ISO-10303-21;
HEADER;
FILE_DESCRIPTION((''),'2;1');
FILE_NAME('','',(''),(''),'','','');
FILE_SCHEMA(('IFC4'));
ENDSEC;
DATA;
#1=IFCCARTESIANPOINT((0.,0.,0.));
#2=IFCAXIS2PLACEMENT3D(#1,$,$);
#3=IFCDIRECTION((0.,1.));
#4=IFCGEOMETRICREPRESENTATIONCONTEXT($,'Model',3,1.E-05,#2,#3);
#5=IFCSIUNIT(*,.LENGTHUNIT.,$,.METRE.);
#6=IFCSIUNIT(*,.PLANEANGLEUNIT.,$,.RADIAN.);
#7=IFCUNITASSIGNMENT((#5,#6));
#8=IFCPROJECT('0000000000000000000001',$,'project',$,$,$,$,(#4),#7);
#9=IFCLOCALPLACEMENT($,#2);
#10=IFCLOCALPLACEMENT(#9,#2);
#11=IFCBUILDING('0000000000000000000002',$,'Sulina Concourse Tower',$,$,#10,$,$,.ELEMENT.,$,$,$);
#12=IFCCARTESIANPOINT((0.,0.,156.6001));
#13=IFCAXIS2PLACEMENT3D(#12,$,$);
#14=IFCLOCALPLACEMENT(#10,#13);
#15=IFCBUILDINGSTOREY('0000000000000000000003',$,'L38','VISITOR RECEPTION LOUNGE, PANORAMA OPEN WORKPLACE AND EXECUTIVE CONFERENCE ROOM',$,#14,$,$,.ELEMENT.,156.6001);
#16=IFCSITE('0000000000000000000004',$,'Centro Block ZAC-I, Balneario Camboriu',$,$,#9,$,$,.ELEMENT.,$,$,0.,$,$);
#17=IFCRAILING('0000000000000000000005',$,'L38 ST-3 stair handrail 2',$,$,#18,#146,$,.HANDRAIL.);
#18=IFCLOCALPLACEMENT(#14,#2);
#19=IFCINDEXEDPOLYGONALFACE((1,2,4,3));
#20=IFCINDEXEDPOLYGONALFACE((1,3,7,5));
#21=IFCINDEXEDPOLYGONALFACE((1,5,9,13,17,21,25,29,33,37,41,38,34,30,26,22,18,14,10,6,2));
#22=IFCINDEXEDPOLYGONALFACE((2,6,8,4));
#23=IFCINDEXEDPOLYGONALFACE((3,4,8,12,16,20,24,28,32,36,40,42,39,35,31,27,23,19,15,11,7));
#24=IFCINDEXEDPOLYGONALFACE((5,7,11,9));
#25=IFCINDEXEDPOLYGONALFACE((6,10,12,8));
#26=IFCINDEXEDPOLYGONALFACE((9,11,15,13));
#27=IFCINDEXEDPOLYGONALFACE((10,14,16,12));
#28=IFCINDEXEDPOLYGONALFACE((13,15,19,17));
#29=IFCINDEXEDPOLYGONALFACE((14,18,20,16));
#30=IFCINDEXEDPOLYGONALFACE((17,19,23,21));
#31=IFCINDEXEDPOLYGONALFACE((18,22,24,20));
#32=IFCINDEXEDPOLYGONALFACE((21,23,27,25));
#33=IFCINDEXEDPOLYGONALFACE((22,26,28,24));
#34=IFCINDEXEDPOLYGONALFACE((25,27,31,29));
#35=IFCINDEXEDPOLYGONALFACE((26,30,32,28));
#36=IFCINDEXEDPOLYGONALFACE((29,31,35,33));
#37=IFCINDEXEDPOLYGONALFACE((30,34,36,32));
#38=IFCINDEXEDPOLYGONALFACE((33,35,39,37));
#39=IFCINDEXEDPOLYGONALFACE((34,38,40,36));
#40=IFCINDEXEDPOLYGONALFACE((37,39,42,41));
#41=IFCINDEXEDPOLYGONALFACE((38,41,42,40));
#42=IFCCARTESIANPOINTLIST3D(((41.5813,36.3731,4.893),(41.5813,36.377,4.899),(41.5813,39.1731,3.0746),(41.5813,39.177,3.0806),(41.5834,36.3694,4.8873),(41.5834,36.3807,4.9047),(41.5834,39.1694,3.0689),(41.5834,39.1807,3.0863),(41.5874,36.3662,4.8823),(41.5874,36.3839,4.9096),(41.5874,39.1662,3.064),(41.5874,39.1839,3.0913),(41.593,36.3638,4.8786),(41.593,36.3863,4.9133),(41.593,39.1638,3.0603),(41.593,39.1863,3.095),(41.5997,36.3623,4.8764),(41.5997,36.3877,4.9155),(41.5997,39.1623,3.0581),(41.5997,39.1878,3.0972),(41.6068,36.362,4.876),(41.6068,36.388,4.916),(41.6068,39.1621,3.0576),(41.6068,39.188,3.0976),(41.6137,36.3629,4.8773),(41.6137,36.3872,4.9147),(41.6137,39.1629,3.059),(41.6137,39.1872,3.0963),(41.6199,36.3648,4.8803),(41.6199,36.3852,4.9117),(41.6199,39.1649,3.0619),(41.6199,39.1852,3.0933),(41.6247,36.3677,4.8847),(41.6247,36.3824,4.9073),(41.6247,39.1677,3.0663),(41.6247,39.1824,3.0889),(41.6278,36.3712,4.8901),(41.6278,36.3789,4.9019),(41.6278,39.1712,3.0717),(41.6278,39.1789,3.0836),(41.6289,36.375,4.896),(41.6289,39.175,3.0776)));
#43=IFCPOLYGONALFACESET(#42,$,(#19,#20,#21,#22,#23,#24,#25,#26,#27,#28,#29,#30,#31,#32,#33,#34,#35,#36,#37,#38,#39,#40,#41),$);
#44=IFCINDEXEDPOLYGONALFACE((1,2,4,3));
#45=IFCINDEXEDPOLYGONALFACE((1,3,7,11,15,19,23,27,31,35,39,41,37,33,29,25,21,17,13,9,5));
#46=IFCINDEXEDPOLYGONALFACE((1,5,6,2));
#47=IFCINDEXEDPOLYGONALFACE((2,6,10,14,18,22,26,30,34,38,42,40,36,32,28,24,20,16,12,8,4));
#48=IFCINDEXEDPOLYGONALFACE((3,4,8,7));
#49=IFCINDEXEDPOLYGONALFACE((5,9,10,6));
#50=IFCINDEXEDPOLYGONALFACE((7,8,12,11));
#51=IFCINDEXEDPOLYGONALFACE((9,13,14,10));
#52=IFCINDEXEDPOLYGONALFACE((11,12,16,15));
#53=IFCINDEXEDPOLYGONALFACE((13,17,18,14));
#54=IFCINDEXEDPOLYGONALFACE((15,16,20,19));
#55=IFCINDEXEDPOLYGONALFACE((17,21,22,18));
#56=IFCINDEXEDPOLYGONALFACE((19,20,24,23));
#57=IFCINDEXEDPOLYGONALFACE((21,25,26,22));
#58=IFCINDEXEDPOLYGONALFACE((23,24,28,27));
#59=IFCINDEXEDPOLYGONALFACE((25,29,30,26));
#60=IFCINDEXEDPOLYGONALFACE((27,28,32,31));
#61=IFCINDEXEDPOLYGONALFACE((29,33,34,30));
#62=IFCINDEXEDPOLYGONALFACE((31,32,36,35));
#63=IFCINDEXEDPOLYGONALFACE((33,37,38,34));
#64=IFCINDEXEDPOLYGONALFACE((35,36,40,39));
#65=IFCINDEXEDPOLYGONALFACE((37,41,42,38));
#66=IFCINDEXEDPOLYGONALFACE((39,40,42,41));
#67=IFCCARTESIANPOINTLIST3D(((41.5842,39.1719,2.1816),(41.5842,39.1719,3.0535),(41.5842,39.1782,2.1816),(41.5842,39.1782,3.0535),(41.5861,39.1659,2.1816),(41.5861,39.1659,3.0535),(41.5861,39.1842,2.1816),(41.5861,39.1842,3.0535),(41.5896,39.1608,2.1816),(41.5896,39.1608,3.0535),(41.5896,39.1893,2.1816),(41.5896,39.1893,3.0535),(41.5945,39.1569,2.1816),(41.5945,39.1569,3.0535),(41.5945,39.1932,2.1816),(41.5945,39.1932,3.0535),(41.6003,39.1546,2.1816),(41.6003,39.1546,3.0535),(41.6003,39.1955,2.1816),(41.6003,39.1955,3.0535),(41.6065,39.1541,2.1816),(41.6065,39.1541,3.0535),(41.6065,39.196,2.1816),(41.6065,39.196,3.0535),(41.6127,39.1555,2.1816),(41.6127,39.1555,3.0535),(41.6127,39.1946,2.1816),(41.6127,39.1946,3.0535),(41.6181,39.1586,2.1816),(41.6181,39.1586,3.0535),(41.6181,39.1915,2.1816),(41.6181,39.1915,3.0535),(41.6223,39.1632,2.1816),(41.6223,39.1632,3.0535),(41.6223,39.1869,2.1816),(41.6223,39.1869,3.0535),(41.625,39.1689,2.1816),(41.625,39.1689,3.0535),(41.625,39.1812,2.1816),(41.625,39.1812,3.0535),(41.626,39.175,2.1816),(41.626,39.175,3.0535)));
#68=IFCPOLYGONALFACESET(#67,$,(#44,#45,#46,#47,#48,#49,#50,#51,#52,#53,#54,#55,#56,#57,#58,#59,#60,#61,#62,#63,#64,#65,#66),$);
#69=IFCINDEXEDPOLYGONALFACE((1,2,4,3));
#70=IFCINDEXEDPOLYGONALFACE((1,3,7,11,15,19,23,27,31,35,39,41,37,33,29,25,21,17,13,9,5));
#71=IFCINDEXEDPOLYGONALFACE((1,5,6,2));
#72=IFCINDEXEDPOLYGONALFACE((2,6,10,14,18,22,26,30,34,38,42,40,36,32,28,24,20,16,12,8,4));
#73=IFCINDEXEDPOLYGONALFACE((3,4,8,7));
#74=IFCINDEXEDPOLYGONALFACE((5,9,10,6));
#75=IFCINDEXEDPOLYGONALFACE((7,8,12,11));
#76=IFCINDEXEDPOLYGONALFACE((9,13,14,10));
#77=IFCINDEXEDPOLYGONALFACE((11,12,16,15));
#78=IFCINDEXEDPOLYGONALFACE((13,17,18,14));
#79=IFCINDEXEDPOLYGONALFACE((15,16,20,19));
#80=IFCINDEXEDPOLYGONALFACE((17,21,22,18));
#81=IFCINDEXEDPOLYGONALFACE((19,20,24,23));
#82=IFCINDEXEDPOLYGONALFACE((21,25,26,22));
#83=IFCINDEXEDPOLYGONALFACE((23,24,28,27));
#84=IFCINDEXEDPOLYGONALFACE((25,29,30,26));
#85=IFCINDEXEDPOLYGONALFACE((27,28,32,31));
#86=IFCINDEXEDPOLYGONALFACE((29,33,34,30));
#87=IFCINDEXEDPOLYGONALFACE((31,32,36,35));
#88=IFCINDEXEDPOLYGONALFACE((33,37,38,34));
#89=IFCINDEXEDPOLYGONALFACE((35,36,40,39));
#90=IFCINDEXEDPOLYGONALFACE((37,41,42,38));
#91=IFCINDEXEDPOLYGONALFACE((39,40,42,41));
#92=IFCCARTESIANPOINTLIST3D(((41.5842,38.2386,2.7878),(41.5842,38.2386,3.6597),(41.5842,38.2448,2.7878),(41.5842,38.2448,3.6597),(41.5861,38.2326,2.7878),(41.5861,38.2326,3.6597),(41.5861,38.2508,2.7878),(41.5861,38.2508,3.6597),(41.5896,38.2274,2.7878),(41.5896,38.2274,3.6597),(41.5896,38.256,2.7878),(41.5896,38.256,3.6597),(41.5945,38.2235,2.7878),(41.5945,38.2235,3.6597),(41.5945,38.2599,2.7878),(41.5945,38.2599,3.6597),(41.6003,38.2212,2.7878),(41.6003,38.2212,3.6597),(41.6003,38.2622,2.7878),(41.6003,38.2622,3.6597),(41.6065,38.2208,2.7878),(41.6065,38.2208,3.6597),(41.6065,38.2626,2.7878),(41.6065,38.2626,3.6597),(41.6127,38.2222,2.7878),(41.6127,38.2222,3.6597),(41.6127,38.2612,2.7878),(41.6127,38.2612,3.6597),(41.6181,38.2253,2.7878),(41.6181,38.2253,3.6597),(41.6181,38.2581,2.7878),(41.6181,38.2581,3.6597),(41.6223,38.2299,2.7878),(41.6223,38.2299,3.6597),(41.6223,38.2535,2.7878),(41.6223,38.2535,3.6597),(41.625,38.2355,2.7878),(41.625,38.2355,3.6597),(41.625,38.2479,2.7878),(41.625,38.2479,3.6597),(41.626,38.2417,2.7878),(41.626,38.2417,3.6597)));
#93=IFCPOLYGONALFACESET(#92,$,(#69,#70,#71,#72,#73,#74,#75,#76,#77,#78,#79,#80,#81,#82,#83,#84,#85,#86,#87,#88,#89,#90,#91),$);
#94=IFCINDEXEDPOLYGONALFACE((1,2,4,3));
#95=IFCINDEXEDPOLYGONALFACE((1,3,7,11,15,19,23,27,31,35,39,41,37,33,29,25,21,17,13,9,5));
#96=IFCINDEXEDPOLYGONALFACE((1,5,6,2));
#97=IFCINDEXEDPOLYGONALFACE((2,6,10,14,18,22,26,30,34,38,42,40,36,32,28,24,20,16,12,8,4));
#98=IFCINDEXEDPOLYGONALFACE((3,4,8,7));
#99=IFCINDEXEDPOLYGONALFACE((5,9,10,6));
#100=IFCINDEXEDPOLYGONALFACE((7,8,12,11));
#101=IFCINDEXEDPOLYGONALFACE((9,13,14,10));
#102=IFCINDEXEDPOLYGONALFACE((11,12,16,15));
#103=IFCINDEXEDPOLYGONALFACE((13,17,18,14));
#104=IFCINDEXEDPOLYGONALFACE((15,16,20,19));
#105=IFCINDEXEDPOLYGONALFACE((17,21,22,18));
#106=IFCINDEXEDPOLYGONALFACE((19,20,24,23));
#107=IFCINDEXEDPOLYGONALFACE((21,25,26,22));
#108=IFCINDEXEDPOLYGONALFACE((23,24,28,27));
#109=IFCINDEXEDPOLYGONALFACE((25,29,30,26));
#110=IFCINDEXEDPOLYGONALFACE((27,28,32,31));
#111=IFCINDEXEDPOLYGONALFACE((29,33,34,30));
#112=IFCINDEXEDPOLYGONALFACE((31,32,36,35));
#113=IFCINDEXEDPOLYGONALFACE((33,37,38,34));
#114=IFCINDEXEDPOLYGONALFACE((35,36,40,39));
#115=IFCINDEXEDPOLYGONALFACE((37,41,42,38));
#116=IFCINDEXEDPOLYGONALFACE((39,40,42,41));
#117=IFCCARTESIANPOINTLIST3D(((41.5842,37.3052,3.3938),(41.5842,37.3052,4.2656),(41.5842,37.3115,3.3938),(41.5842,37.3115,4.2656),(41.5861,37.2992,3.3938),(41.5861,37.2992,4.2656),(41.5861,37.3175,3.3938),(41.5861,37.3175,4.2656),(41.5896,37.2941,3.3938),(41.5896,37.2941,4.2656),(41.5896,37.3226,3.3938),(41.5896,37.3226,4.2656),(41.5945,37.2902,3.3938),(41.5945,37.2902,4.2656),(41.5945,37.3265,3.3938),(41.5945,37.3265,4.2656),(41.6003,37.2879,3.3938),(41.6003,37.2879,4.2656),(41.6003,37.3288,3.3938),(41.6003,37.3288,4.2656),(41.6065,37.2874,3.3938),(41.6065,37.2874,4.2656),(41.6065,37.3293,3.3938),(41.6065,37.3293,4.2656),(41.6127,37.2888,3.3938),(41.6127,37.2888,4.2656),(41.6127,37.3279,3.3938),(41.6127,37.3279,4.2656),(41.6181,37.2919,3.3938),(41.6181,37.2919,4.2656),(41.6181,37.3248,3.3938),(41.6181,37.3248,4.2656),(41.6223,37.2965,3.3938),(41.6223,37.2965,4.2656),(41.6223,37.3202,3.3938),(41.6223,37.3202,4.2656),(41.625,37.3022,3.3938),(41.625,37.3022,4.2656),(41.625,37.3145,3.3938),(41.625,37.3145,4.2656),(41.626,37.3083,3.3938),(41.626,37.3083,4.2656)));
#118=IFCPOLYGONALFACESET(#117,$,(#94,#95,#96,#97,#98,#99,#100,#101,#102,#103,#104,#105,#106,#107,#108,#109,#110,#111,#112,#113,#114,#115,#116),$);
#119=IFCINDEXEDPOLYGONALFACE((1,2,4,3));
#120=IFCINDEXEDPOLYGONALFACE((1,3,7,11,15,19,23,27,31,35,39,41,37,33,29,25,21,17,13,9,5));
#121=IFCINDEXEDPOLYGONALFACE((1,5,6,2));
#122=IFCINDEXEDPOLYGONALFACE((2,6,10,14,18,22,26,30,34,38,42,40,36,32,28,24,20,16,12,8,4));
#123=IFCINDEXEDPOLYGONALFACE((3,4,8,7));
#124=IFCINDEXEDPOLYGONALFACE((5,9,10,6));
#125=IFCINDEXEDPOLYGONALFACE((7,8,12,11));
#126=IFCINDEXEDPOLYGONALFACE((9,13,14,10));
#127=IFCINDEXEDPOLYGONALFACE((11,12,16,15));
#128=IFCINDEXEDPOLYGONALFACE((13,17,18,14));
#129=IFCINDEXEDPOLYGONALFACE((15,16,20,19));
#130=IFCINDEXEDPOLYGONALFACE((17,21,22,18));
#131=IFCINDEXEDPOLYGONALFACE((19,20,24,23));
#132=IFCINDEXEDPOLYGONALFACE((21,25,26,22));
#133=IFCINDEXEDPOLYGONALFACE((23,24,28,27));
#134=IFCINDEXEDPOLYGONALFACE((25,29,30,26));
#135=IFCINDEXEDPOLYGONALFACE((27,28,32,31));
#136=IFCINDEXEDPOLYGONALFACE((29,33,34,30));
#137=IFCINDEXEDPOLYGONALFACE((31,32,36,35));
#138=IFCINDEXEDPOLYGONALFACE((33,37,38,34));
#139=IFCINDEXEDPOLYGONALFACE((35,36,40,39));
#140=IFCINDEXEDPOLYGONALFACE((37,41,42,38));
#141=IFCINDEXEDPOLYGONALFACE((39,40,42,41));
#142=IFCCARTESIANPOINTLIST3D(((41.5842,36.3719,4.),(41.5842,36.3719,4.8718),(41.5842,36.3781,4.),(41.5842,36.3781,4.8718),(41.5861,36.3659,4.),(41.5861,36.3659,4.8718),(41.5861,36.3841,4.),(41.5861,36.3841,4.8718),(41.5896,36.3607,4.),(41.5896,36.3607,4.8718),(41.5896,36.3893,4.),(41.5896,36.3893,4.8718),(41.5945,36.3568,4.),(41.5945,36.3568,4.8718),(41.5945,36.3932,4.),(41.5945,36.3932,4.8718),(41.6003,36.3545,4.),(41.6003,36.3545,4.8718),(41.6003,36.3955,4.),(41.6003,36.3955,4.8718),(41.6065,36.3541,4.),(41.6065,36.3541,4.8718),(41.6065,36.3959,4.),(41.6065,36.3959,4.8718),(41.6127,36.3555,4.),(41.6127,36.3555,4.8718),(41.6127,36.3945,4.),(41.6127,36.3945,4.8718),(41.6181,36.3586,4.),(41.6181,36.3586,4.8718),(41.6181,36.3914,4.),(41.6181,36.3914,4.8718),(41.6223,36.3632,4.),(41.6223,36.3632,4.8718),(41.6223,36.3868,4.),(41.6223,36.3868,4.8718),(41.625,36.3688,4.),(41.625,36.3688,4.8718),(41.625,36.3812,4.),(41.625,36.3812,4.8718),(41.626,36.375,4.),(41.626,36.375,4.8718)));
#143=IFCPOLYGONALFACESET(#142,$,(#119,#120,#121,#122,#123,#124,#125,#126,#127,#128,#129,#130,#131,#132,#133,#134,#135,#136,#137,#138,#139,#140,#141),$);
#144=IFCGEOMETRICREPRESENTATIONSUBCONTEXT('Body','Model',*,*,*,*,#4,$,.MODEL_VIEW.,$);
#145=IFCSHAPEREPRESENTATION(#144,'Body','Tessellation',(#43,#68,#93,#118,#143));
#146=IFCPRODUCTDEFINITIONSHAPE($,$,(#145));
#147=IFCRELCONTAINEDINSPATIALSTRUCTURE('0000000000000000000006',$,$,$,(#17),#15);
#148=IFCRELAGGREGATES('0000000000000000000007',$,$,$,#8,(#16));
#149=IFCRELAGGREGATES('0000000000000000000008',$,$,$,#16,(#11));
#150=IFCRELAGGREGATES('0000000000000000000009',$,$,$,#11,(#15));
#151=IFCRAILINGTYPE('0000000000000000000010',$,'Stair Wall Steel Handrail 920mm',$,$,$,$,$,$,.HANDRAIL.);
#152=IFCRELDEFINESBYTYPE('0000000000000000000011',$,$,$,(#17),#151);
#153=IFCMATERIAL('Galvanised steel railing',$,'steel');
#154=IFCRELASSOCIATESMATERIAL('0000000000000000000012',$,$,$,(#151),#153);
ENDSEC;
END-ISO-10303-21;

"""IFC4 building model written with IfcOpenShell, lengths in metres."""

from ifc_helpers import new_model, si_unit, direction, frame, origin, origin_2d, place, context, subcontext, project, spatial, circle, extrude, material, type_object, element, save


model = new_model("IFC4")

# Units and contexts
model_context = context("Model", 3, precision=1e-05, world=origin(), true_north=direction((0.0, 1.0)))
body_context = subcontext(model_context, "Body", "Model", "MODEL_VIEW")
ifc_project = project(units=[si_unit("LENGTHUNIT", "METRE"), si_unit("PLANEANGLEUNIT", "RADIAN")], contexts=[model_context])

# Site, building, storey
site_placement = place(None, origin())
site = spatial("IfcSite", under=ifc_project, at=site_placement, Name="Centro Block ZAC-I, Balneario Camboriu", CompositionType="ELEMENT", RefElevation=0.0)
building_placement = place(site_placement, origin())
building = spatial("IfcBuilding", under=site, at=building_placement, Name="Sulina Concourse Tower", CompositionType="ELEMENT")
storey_placement = place(building_placement, frame((0.0, 0.0, 156.6001)))
storey = spatial("IfcBuildingStorey", under=building, at=storey_placement, Name="L38", Description="VISITOR RECEPTION LOUNGE, PANORAMA OPEN WORKPLACE AND EXECUTIVE CONFERENCE ROOM", CompositionType="ELEMENT", Elevation=156.6001)

# Railing
ifc_material_1 = material(Name="Galvanised steel railing", Category="steel")
railing_type_1 = type_object("IfcRailingType", Name="Stair Wall Steel Handrail 920mm", PredefinedType="HANDRAIL", material=ifc_material_1)
railing_1_placement = place(storey_placement, frame((41.605, 39.175, 2.1816)))
element("IfcRailing", 1, at=railing_1_placement, inside=storey, type_object=railing_type_1, Name="L38 ST-3 stair handrail 2", PredefinedType="HANDRAIL", context=body_context, shape_type="SweptSolid", body=[
    extrude(circle(Radius=0.0239, at=origin_2d()), frame((0.0, 0.0, 0.896), z_axis=(0.0, -0.838672, 0.544636), x_axis=(1.0, 0.0, 0.0)), (0.0, 0.0, 1.0), 3.3386),
    extrude(circle(Radius=0.021, at=origin_2d()), origin(), (0.0, 0.0, 1.0), 0.8718),
    extrude(circle(Radius=0.021, at=origin_2d()), frame((0.0, -0.9333, 0.6062)), (0.0, 0.0, 1.0), 0.8718),
    extrude(circle(Radius=0.021, at=origin_2d()), frame((0.0, -1.8667, 1.2122)), (0.0, 0.0, 1.0), 0.8718),
    extrude(circle(Radius=0.021, at=origin_2d()), frame((0.0, -2.8, 1.8184)), (0.0, 0.0, 1.0), 0.8718),
])

save(model, "model.ifc")
